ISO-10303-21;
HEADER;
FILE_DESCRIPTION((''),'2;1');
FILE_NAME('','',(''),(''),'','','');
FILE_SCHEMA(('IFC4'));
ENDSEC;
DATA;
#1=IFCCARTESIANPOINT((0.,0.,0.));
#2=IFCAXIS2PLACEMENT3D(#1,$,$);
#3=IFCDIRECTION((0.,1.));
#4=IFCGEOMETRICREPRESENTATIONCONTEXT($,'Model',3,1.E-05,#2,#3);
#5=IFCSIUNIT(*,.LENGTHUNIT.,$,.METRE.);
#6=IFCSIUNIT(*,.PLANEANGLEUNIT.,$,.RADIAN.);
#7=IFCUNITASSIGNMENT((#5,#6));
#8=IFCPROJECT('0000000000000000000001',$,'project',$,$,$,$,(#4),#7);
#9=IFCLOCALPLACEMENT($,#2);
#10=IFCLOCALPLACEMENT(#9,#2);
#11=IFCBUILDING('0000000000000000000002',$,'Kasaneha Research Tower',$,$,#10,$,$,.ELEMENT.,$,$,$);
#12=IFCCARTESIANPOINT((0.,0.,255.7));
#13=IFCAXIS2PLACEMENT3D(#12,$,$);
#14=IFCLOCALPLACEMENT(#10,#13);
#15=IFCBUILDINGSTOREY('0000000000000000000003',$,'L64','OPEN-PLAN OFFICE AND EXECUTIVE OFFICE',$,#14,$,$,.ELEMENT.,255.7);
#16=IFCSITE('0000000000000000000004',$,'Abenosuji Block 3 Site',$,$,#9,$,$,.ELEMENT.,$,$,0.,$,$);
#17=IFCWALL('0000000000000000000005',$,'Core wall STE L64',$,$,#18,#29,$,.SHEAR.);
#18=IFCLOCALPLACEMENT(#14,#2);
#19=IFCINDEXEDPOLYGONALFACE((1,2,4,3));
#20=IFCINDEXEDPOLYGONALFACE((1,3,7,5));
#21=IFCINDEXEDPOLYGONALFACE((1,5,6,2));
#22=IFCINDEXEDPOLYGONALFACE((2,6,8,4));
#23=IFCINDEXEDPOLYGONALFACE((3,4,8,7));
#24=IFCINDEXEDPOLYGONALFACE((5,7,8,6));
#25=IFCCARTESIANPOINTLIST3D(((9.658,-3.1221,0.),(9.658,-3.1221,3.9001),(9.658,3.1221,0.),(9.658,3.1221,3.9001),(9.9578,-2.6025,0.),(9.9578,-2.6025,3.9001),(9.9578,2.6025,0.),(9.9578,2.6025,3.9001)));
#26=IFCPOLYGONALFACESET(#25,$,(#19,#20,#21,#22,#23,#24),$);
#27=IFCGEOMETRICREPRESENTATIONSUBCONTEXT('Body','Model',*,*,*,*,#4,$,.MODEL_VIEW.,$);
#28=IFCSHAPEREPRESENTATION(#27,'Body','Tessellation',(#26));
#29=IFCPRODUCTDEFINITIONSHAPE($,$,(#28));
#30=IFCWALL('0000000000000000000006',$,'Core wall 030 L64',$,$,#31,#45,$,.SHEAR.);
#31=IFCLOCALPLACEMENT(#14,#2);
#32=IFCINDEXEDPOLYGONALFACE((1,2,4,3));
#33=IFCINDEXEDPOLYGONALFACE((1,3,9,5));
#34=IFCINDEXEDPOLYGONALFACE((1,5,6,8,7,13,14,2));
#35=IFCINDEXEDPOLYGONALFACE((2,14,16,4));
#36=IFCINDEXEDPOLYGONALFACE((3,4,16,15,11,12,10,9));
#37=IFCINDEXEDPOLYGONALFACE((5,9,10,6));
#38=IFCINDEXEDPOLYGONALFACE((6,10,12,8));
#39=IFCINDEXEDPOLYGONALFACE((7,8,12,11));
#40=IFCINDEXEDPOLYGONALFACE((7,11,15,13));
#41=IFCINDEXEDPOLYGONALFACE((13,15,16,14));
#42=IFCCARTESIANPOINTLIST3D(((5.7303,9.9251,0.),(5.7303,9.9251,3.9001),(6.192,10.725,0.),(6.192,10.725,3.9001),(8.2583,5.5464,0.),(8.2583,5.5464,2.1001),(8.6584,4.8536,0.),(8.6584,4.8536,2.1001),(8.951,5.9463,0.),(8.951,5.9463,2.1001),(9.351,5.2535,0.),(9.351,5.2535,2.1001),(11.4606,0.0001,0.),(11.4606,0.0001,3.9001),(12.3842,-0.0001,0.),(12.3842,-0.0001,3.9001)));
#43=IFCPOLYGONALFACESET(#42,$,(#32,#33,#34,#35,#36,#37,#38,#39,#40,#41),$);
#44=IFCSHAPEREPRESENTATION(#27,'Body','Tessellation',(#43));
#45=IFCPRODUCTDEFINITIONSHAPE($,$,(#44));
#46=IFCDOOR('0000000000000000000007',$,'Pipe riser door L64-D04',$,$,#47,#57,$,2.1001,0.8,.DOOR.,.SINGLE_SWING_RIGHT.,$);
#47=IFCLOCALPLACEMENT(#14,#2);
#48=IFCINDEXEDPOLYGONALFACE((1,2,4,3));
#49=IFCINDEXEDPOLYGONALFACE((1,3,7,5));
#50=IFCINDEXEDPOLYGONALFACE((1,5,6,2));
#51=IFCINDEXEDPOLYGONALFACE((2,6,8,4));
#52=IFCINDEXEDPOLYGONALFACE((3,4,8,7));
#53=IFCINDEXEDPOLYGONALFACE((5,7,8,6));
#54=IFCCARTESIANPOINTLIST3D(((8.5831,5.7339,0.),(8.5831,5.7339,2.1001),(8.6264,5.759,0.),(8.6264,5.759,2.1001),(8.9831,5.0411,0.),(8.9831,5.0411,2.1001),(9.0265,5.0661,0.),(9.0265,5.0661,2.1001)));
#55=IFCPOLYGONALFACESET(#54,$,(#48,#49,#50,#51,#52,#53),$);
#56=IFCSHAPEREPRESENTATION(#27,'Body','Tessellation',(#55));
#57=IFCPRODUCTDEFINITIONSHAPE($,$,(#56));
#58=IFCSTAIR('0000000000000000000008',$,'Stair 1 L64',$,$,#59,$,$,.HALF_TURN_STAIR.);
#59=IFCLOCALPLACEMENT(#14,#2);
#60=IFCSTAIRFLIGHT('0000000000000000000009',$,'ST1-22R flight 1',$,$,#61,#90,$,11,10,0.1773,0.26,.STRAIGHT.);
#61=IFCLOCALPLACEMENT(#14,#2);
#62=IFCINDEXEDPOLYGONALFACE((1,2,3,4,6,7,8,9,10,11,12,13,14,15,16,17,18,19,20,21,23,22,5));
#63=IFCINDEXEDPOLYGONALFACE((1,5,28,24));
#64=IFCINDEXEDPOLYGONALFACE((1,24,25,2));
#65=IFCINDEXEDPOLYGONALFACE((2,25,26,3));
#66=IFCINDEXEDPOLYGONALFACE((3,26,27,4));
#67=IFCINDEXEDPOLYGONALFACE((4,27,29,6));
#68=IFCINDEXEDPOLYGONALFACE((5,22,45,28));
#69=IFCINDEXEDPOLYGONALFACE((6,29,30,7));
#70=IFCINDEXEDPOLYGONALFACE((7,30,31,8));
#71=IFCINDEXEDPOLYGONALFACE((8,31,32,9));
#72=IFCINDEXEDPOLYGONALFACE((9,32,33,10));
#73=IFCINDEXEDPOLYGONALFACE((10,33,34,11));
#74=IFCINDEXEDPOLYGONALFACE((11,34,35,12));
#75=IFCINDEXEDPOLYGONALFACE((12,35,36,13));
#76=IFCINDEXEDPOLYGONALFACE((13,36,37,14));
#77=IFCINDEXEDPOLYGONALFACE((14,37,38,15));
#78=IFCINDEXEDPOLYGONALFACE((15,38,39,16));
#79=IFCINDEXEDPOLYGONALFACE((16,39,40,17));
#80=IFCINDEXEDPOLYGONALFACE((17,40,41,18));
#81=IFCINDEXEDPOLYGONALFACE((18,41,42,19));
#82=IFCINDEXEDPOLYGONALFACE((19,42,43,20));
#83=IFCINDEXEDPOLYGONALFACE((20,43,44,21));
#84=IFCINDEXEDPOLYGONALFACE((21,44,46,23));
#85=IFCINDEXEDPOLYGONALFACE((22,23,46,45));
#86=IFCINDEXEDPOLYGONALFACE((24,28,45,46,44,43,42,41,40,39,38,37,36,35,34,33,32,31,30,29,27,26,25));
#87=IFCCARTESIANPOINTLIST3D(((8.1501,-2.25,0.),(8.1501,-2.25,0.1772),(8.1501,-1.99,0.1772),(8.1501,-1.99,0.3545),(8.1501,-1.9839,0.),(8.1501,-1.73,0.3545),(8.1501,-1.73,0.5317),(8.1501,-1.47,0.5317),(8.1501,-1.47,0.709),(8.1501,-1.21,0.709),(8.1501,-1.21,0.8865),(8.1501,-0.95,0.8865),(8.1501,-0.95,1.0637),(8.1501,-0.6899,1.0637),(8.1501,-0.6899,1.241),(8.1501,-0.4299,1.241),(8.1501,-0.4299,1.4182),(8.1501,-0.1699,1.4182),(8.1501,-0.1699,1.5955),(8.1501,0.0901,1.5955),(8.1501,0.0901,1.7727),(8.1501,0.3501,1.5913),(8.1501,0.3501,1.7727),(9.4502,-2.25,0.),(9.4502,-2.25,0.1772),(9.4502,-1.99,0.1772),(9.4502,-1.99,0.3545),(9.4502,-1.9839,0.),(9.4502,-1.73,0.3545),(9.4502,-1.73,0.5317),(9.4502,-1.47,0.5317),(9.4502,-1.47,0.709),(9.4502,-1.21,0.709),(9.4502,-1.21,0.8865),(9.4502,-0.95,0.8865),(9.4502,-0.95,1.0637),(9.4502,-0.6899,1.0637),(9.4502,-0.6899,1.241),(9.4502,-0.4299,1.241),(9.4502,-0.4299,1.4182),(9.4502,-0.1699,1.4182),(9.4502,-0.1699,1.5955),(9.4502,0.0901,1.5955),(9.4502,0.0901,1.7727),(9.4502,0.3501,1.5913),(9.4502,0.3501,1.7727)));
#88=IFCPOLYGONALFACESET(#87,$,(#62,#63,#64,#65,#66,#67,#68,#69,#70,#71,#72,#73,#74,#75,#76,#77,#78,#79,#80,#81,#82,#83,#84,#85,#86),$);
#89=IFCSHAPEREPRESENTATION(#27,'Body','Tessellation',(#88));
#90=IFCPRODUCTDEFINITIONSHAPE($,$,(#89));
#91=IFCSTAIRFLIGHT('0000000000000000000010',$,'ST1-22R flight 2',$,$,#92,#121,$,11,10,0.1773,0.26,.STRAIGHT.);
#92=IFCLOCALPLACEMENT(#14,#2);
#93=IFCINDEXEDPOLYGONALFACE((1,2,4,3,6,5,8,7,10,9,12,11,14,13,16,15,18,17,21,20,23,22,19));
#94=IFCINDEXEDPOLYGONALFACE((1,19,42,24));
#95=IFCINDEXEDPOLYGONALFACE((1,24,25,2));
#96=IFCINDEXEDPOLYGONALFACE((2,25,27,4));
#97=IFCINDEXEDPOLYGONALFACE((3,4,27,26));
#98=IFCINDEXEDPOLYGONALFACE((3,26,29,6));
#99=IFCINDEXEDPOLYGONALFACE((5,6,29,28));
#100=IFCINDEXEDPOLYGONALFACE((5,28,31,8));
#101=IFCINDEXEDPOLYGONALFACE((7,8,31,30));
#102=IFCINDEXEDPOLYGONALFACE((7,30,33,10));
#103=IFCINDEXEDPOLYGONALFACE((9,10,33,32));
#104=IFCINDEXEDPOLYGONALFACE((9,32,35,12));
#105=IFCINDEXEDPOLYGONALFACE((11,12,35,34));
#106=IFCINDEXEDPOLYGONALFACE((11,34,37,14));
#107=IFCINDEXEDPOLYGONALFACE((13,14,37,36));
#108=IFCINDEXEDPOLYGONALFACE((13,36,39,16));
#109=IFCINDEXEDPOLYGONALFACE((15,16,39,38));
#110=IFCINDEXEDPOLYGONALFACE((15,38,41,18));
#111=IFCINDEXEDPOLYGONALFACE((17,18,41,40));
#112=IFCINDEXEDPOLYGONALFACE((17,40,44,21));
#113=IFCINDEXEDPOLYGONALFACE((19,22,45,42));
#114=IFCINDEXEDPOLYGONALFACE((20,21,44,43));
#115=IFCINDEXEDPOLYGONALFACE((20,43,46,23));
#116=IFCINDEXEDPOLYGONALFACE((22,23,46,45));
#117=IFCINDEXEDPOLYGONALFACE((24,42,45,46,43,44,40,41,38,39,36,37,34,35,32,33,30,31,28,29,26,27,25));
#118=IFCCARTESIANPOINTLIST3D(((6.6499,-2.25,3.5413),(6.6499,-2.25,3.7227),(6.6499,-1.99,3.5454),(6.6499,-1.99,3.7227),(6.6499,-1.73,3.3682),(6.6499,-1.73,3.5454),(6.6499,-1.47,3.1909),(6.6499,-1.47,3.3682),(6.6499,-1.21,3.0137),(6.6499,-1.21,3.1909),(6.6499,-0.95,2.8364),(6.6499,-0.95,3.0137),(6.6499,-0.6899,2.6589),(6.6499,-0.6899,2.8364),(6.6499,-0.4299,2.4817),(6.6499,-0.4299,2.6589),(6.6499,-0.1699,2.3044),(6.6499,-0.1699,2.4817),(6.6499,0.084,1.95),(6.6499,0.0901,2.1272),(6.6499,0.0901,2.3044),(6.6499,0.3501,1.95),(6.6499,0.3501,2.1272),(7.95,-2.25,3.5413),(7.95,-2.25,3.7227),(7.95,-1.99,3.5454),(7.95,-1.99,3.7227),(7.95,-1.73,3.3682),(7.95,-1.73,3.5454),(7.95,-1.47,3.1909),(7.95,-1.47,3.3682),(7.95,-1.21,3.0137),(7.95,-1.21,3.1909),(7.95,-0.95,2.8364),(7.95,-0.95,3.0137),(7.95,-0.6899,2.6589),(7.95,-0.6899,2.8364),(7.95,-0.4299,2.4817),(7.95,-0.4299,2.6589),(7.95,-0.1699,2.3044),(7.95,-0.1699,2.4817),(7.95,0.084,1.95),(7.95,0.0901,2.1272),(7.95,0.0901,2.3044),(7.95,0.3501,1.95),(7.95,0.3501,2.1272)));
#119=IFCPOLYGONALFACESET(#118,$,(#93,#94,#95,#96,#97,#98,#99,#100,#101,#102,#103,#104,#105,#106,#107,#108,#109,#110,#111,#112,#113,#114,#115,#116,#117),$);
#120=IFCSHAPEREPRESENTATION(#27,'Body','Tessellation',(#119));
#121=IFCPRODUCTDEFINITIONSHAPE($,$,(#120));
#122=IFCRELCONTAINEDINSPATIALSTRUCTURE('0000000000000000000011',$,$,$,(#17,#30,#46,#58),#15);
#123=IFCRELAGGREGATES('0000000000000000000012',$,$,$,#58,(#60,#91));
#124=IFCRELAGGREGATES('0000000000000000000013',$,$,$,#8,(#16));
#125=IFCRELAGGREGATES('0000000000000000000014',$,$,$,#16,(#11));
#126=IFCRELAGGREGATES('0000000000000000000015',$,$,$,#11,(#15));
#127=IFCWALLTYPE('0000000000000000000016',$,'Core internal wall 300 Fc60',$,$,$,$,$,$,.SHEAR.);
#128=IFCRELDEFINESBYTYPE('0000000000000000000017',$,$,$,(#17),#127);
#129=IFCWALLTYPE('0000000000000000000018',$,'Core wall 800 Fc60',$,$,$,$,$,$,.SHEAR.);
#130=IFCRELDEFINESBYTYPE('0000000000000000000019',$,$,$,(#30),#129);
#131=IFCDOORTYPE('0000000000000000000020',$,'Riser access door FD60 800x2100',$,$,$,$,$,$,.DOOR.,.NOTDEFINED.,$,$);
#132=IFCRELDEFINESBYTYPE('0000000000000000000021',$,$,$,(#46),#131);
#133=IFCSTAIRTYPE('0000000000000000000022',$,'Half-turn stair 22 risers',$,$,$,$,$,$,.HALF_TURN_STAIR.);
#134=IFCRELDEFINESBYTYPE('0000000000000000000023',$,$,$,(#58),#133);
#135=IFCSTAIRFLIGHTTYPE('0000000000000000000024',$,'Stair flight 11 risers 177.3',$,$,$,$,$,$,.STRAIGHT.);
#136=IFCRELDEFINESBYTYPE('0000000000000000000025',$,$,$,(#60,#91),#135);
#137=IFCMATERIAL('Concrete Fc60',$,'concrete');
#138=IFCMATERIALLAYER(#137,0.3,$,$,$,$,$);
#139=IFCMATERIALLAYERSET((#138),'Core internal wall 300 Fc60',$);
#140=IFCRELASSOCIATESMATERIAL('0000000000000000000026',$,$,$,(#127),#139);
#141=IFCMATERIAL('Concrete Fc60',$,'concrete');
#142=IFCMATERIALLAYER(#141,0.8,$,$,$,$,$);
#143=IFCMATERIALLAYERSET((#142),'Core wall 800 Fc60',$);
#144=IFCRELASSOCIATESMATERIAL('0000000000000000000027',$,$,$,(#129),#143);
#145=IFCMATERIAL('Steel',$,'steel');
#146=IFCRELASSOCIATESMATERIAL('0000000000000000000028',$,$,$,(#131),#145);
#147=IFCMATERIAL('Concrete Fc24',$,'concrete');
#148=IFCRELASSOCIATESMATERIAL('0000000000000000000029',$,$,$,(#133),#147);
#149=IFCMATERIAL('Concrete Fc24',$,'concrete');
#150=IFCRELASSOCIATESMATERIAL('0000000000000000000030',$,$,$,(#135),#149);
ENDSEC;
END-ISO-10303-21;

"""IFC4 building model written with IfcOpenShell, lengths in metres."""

from ifc_helpers import new_model, si_unit, direction, frame, frame_2d, origin, place, context, subcontext, project, spatial, polyline, rectangle, outline, extrude, material, layer, layer_set, type_object, element, fill, aggregate, save


model = new_model("IFC4")

# Units and contexts
model_context = context("Model", 3, precision=1e-05, world=origin(), true_north=direction((0.0, 1.0)))
body_context = subcontext(model_context, "Body", "Model", "MODEL_VIEW")
ifc_project = project(units=[si_unit("LENGTHUNIT", "METRE"), si_unit("PLANEANGLEUNIT", "RADIAN")], contexts=[model_context])

# Site, building, storey
site_placement = place(None, origin())
site = spatial("IfcSite", under=ifc_project, at=site_placement, Name="Abenosuji Block 3 Site", CompositionType="ELEMENT", RefElevation=0.0)
building_placement = place(site_placement, origin())
building = spatial("IfcBuilding", under=site, at=building_placement, Name="Kasaneha Research Tower", CompositionType="ELEMENT")
storey_placement = place(building_placement, frame((0.0, 0.0, 255.7)))
storey = spatial("IfcBuildingStorey", under=building, at=storey_placement, Name="L64", Description="OPEN-PLAN OFFICE AND EXECUTIVE OFFICE", CompositionType="ELEMENT", Elevation=255.7)

# Shared definitions
ifc_material_1 = material(Name="Concrete Fc60", Category="concrete")
ifc_layer_1 = layer(ifc_material_1, 0.3)
ifc_layer_set_1 = layer_set([ifc_layer_1], Name="Core internal wall 300 Fc60")
wall_type_1 = type_object("IfcWallType", Name="Core internal wall 300 Fc60", PredefinedType="SHEAR", material=ifc_layer_set_1)

# Wall
wall_1_placement = place(storey_placement, frame((9.8079, -2.8623, 0.0), z_axis=(0.0, 0.0, 1.0), x_axis=(0.0, 1.0, 0.0)))
element("IfcWall", 1, at=wall_1_placement, inside=storey, type_object=wall_type_1, Name="Core wall STE L64", PredefinedType="SHEAR", context=body_context, shape_type="SweptSolid", body=[
    extrude(outline(polyline([(0.2598, -0.1499), (5.4648, -0.1499), (5.9844, 0.1499), (-0.2598, 0.1499), (0.2598, -0.1499)])), origin(), (0.0, 0.0, 1.0), 3.9001),
])

# Wall, opening, door
ifc_material_2 = material(Name="Concrete Fc60", Category="concrete")
ifc_layer_2 = layer(ifc_material_2, 0.8)
ifc_layer_set_2 = layer_set([ifc_layer_2], Name="Core wall 800 Fc60")
wall_type_2 = type_object("IfcWallType", Name="Core wall 800 Fc60", PredefinedType="SHEAR", material=ifc_layer_set_2)
wall_2_placement = place(storey_placement, frame((11.9224, 0.0, 0.0), z_axis=(0.0, 0.0, 1.0), x_axis=(-0.500004, 0.866023, 0.0)))
wall_2 = element("IfcWall", 2, at=wall_2_placement, inside=storey, type_object=wall_type_2, Name="Core wall 030 L64", PredefinedType="SHEAR", context=body_context, shape_type="SweptSolid", body=[
    extrude(outline(polyline([(-0.231, -0.3999), (5.8354, -0.3999), (6.6355, -0.3999), (12.1533, -0.3999), (11.6914, 0.3999), (6.6355, 0.3999), (5.8354, 0.3999), (0.231, 0.3999), (-0.231, -0.3999)])), origin(), (0.0, 0.0, 1.0), 3.9001),
])
opening_1_placement = place(wall_2_placement, frame((5.8354, 0.0, 0.0)))
opening_1 = element("IfcOpeningElement", 3, at=opening_1_placement, cuts=wall_2, PredefinedType="OPENING", context=body_context, shape_type="SweptSolid", body=[
    extrude(rectangle(XDim=0.8, YDim=2.1001, at=frame_2d((0.3999, 1.05))), frame((0.0, 0.4102, 0.0), z_axis=(0.0, -1.0, 0.0), x_axis=(1.0, 0.0, 0.0)), (0.0, 0.0, 1.0), 0.8201),
])
ifc_material_3 = material(Name="Steel", Category="steel")
door_type_1 = type_object("IfcDoorType", Name="Riser access door FD60 800x2100", OperationType="NOTDEFINED", PredefinedType="DOOR", material=ifc_material_3)
door_1_placement = place(opening_1_placement, origin())
door_1 = element("IfcDoor", 4, at=door_1_placement, inside=storey, type_object=door_type_1, Name="Pipe riser door L64-D04", OperationType="SINGLE_SWING_RIGHT", OverallHeight=2.1001, OverallWidth=0.8, PredefinedType="DOOR", context=body_context, shape_type="SweptSolid", body=[
    extrude(rectangle(XDim=0.8, YDim=2.1001, at=frame_2d((0.3999, 1.05))), frame((0.0, 0.0249, 0.0), z_axis=(0.0, -1.0, 0.0), x_axis=(1.0, 0.0, 0.0)), (0.0, 0.0, 1.0), 0.05),
])
fill(opening_1, door_1)

# Stair, stair flights
ifc_material_4 = material(Name="Concrete Fc24", Category="concrete")
stair_type = type_object("IfcStairType", Name="Half-turn stair 22 risers", PredefinedType="HALF_TURN_STAIR", material=ifc_material_4)
stair_placement = place(storey_placement, origin())
stair = element("IfcStair", 5, at=stair_placement, inside=storey, type_object=stair_type, Name="Stair 1 L64", PredefinedType="HALF_TURN_STAIR")
ifc_material_5 = material(Name="Concrete Fc24", Category="concrete")
stair_flight_type = type_object("IfcStairFlightType", Name="Stair flight 11 risers 177.3", PredefinedType="STRAIGHT", material=ifc_material_5)
stair_flight_1_placement = place(storey_placement, frame((8.8, -2.25, 0.0), z_axis=(0.0, 0.0, 1.0), x_axis=(0.0, 1.0, 0.0)))
stair_flight_1 = element("IfcStairFlight", 6, at=stair_flight_1_placement, type_object=stair_flight_type, Name="ST1-22R flight 1", NumberOfRisers=11, NumberOfTreads=10, PredefinedType="STRAIGHT", RiserHeight=0.1773, TreadLength=0.26, context=body_context, shape_type="SweptSolid", body=[
    extrude(outline(polyline([(0.0, 0.0), (0.0, 0.1772), (0.26, 0.1772), (0.26, 0.3545), (0.52, 0.3545), (0.52, 0.5317), (0.78, 0.5317), (0.78, 0.709), (1.04, 0.709), (1.04, 0.8865), (1.3, 0.8865), (1.3, 1.0637), (1.5601, 1.0637), (1.5601, 1.241), (1.8201, 1.241), (1.8201, 1.4182), (2.0801, 1.4182), (2.0801, 1.5955), (2.3401, 1.5955), (2.3401, 1.7727), (2.6001, 1.7727), (2.6001, 1.95), (2.6001, 1.5913), (0.2661, 0.0), (0.0, 0.0)])), frame((0.0, 0.6499, 0.0), z_axis=(0.0, -1.0, 0.0), x_axis=(1.0, 0.0, 0.0)), (0.0, 0.0, 1.0), 1.3),
])
stair_flight_2_placement = place(storey_placement, frame((7.3, 0.3501, 1.95), z_axis=(0.0, 0.0, 1.0), x_axis=(0.0, -1.0, 0.0)))
stair_flight_2 = element("IfcStairFlight", 7, at=stair_flight_2_placement, type_object=stair_flight_type, Name="ST1-22R flight 2", NumberOfRisers=11, NumberOfTreads=10, PredefinedType="STRAIGHT", RiserHeight=0.1773, TreadLength=0.26, context=body_context, shape_type="SweptSolid", body=[
    extrude(outline(polyline([(0.0, 0.0), (0.0, 0.1772), (0.26, 0.1772), (0.26, 0.3545), (0.52, 0.3545), (0.52, 0.5317), (0.78, 0.5317), (0.78, 0.709), (1.04, 0.709), (1.04, 0.8865), (1.3, 0.8865), (1.3, 1.0637), (1.5601, 1.0637), (1.5601, 1.241), (1.8201, 1.241), (1.8201, 1.4182), (2.0801, 1.4182), (2.0801, 1.5955), (2.3401, 1.5955), (2.3401, 1.7727), (2.6001, 1.7727), (2.6001, 1.95), (2.6001, 1.5913), (0.2661, 0.0), (0.0, 0.0)])), frame((0.0, 0.6499, 0.0), z_axis=(0.0, -1.0, 0.0), x_axis=(1.0, 0.0, 0.0)), (0.0, 0.0, 1.0), 1.3),
])
aggregate(stair, [stair_flight_1, stair_flight_2])

save(model, "model.ifc")
